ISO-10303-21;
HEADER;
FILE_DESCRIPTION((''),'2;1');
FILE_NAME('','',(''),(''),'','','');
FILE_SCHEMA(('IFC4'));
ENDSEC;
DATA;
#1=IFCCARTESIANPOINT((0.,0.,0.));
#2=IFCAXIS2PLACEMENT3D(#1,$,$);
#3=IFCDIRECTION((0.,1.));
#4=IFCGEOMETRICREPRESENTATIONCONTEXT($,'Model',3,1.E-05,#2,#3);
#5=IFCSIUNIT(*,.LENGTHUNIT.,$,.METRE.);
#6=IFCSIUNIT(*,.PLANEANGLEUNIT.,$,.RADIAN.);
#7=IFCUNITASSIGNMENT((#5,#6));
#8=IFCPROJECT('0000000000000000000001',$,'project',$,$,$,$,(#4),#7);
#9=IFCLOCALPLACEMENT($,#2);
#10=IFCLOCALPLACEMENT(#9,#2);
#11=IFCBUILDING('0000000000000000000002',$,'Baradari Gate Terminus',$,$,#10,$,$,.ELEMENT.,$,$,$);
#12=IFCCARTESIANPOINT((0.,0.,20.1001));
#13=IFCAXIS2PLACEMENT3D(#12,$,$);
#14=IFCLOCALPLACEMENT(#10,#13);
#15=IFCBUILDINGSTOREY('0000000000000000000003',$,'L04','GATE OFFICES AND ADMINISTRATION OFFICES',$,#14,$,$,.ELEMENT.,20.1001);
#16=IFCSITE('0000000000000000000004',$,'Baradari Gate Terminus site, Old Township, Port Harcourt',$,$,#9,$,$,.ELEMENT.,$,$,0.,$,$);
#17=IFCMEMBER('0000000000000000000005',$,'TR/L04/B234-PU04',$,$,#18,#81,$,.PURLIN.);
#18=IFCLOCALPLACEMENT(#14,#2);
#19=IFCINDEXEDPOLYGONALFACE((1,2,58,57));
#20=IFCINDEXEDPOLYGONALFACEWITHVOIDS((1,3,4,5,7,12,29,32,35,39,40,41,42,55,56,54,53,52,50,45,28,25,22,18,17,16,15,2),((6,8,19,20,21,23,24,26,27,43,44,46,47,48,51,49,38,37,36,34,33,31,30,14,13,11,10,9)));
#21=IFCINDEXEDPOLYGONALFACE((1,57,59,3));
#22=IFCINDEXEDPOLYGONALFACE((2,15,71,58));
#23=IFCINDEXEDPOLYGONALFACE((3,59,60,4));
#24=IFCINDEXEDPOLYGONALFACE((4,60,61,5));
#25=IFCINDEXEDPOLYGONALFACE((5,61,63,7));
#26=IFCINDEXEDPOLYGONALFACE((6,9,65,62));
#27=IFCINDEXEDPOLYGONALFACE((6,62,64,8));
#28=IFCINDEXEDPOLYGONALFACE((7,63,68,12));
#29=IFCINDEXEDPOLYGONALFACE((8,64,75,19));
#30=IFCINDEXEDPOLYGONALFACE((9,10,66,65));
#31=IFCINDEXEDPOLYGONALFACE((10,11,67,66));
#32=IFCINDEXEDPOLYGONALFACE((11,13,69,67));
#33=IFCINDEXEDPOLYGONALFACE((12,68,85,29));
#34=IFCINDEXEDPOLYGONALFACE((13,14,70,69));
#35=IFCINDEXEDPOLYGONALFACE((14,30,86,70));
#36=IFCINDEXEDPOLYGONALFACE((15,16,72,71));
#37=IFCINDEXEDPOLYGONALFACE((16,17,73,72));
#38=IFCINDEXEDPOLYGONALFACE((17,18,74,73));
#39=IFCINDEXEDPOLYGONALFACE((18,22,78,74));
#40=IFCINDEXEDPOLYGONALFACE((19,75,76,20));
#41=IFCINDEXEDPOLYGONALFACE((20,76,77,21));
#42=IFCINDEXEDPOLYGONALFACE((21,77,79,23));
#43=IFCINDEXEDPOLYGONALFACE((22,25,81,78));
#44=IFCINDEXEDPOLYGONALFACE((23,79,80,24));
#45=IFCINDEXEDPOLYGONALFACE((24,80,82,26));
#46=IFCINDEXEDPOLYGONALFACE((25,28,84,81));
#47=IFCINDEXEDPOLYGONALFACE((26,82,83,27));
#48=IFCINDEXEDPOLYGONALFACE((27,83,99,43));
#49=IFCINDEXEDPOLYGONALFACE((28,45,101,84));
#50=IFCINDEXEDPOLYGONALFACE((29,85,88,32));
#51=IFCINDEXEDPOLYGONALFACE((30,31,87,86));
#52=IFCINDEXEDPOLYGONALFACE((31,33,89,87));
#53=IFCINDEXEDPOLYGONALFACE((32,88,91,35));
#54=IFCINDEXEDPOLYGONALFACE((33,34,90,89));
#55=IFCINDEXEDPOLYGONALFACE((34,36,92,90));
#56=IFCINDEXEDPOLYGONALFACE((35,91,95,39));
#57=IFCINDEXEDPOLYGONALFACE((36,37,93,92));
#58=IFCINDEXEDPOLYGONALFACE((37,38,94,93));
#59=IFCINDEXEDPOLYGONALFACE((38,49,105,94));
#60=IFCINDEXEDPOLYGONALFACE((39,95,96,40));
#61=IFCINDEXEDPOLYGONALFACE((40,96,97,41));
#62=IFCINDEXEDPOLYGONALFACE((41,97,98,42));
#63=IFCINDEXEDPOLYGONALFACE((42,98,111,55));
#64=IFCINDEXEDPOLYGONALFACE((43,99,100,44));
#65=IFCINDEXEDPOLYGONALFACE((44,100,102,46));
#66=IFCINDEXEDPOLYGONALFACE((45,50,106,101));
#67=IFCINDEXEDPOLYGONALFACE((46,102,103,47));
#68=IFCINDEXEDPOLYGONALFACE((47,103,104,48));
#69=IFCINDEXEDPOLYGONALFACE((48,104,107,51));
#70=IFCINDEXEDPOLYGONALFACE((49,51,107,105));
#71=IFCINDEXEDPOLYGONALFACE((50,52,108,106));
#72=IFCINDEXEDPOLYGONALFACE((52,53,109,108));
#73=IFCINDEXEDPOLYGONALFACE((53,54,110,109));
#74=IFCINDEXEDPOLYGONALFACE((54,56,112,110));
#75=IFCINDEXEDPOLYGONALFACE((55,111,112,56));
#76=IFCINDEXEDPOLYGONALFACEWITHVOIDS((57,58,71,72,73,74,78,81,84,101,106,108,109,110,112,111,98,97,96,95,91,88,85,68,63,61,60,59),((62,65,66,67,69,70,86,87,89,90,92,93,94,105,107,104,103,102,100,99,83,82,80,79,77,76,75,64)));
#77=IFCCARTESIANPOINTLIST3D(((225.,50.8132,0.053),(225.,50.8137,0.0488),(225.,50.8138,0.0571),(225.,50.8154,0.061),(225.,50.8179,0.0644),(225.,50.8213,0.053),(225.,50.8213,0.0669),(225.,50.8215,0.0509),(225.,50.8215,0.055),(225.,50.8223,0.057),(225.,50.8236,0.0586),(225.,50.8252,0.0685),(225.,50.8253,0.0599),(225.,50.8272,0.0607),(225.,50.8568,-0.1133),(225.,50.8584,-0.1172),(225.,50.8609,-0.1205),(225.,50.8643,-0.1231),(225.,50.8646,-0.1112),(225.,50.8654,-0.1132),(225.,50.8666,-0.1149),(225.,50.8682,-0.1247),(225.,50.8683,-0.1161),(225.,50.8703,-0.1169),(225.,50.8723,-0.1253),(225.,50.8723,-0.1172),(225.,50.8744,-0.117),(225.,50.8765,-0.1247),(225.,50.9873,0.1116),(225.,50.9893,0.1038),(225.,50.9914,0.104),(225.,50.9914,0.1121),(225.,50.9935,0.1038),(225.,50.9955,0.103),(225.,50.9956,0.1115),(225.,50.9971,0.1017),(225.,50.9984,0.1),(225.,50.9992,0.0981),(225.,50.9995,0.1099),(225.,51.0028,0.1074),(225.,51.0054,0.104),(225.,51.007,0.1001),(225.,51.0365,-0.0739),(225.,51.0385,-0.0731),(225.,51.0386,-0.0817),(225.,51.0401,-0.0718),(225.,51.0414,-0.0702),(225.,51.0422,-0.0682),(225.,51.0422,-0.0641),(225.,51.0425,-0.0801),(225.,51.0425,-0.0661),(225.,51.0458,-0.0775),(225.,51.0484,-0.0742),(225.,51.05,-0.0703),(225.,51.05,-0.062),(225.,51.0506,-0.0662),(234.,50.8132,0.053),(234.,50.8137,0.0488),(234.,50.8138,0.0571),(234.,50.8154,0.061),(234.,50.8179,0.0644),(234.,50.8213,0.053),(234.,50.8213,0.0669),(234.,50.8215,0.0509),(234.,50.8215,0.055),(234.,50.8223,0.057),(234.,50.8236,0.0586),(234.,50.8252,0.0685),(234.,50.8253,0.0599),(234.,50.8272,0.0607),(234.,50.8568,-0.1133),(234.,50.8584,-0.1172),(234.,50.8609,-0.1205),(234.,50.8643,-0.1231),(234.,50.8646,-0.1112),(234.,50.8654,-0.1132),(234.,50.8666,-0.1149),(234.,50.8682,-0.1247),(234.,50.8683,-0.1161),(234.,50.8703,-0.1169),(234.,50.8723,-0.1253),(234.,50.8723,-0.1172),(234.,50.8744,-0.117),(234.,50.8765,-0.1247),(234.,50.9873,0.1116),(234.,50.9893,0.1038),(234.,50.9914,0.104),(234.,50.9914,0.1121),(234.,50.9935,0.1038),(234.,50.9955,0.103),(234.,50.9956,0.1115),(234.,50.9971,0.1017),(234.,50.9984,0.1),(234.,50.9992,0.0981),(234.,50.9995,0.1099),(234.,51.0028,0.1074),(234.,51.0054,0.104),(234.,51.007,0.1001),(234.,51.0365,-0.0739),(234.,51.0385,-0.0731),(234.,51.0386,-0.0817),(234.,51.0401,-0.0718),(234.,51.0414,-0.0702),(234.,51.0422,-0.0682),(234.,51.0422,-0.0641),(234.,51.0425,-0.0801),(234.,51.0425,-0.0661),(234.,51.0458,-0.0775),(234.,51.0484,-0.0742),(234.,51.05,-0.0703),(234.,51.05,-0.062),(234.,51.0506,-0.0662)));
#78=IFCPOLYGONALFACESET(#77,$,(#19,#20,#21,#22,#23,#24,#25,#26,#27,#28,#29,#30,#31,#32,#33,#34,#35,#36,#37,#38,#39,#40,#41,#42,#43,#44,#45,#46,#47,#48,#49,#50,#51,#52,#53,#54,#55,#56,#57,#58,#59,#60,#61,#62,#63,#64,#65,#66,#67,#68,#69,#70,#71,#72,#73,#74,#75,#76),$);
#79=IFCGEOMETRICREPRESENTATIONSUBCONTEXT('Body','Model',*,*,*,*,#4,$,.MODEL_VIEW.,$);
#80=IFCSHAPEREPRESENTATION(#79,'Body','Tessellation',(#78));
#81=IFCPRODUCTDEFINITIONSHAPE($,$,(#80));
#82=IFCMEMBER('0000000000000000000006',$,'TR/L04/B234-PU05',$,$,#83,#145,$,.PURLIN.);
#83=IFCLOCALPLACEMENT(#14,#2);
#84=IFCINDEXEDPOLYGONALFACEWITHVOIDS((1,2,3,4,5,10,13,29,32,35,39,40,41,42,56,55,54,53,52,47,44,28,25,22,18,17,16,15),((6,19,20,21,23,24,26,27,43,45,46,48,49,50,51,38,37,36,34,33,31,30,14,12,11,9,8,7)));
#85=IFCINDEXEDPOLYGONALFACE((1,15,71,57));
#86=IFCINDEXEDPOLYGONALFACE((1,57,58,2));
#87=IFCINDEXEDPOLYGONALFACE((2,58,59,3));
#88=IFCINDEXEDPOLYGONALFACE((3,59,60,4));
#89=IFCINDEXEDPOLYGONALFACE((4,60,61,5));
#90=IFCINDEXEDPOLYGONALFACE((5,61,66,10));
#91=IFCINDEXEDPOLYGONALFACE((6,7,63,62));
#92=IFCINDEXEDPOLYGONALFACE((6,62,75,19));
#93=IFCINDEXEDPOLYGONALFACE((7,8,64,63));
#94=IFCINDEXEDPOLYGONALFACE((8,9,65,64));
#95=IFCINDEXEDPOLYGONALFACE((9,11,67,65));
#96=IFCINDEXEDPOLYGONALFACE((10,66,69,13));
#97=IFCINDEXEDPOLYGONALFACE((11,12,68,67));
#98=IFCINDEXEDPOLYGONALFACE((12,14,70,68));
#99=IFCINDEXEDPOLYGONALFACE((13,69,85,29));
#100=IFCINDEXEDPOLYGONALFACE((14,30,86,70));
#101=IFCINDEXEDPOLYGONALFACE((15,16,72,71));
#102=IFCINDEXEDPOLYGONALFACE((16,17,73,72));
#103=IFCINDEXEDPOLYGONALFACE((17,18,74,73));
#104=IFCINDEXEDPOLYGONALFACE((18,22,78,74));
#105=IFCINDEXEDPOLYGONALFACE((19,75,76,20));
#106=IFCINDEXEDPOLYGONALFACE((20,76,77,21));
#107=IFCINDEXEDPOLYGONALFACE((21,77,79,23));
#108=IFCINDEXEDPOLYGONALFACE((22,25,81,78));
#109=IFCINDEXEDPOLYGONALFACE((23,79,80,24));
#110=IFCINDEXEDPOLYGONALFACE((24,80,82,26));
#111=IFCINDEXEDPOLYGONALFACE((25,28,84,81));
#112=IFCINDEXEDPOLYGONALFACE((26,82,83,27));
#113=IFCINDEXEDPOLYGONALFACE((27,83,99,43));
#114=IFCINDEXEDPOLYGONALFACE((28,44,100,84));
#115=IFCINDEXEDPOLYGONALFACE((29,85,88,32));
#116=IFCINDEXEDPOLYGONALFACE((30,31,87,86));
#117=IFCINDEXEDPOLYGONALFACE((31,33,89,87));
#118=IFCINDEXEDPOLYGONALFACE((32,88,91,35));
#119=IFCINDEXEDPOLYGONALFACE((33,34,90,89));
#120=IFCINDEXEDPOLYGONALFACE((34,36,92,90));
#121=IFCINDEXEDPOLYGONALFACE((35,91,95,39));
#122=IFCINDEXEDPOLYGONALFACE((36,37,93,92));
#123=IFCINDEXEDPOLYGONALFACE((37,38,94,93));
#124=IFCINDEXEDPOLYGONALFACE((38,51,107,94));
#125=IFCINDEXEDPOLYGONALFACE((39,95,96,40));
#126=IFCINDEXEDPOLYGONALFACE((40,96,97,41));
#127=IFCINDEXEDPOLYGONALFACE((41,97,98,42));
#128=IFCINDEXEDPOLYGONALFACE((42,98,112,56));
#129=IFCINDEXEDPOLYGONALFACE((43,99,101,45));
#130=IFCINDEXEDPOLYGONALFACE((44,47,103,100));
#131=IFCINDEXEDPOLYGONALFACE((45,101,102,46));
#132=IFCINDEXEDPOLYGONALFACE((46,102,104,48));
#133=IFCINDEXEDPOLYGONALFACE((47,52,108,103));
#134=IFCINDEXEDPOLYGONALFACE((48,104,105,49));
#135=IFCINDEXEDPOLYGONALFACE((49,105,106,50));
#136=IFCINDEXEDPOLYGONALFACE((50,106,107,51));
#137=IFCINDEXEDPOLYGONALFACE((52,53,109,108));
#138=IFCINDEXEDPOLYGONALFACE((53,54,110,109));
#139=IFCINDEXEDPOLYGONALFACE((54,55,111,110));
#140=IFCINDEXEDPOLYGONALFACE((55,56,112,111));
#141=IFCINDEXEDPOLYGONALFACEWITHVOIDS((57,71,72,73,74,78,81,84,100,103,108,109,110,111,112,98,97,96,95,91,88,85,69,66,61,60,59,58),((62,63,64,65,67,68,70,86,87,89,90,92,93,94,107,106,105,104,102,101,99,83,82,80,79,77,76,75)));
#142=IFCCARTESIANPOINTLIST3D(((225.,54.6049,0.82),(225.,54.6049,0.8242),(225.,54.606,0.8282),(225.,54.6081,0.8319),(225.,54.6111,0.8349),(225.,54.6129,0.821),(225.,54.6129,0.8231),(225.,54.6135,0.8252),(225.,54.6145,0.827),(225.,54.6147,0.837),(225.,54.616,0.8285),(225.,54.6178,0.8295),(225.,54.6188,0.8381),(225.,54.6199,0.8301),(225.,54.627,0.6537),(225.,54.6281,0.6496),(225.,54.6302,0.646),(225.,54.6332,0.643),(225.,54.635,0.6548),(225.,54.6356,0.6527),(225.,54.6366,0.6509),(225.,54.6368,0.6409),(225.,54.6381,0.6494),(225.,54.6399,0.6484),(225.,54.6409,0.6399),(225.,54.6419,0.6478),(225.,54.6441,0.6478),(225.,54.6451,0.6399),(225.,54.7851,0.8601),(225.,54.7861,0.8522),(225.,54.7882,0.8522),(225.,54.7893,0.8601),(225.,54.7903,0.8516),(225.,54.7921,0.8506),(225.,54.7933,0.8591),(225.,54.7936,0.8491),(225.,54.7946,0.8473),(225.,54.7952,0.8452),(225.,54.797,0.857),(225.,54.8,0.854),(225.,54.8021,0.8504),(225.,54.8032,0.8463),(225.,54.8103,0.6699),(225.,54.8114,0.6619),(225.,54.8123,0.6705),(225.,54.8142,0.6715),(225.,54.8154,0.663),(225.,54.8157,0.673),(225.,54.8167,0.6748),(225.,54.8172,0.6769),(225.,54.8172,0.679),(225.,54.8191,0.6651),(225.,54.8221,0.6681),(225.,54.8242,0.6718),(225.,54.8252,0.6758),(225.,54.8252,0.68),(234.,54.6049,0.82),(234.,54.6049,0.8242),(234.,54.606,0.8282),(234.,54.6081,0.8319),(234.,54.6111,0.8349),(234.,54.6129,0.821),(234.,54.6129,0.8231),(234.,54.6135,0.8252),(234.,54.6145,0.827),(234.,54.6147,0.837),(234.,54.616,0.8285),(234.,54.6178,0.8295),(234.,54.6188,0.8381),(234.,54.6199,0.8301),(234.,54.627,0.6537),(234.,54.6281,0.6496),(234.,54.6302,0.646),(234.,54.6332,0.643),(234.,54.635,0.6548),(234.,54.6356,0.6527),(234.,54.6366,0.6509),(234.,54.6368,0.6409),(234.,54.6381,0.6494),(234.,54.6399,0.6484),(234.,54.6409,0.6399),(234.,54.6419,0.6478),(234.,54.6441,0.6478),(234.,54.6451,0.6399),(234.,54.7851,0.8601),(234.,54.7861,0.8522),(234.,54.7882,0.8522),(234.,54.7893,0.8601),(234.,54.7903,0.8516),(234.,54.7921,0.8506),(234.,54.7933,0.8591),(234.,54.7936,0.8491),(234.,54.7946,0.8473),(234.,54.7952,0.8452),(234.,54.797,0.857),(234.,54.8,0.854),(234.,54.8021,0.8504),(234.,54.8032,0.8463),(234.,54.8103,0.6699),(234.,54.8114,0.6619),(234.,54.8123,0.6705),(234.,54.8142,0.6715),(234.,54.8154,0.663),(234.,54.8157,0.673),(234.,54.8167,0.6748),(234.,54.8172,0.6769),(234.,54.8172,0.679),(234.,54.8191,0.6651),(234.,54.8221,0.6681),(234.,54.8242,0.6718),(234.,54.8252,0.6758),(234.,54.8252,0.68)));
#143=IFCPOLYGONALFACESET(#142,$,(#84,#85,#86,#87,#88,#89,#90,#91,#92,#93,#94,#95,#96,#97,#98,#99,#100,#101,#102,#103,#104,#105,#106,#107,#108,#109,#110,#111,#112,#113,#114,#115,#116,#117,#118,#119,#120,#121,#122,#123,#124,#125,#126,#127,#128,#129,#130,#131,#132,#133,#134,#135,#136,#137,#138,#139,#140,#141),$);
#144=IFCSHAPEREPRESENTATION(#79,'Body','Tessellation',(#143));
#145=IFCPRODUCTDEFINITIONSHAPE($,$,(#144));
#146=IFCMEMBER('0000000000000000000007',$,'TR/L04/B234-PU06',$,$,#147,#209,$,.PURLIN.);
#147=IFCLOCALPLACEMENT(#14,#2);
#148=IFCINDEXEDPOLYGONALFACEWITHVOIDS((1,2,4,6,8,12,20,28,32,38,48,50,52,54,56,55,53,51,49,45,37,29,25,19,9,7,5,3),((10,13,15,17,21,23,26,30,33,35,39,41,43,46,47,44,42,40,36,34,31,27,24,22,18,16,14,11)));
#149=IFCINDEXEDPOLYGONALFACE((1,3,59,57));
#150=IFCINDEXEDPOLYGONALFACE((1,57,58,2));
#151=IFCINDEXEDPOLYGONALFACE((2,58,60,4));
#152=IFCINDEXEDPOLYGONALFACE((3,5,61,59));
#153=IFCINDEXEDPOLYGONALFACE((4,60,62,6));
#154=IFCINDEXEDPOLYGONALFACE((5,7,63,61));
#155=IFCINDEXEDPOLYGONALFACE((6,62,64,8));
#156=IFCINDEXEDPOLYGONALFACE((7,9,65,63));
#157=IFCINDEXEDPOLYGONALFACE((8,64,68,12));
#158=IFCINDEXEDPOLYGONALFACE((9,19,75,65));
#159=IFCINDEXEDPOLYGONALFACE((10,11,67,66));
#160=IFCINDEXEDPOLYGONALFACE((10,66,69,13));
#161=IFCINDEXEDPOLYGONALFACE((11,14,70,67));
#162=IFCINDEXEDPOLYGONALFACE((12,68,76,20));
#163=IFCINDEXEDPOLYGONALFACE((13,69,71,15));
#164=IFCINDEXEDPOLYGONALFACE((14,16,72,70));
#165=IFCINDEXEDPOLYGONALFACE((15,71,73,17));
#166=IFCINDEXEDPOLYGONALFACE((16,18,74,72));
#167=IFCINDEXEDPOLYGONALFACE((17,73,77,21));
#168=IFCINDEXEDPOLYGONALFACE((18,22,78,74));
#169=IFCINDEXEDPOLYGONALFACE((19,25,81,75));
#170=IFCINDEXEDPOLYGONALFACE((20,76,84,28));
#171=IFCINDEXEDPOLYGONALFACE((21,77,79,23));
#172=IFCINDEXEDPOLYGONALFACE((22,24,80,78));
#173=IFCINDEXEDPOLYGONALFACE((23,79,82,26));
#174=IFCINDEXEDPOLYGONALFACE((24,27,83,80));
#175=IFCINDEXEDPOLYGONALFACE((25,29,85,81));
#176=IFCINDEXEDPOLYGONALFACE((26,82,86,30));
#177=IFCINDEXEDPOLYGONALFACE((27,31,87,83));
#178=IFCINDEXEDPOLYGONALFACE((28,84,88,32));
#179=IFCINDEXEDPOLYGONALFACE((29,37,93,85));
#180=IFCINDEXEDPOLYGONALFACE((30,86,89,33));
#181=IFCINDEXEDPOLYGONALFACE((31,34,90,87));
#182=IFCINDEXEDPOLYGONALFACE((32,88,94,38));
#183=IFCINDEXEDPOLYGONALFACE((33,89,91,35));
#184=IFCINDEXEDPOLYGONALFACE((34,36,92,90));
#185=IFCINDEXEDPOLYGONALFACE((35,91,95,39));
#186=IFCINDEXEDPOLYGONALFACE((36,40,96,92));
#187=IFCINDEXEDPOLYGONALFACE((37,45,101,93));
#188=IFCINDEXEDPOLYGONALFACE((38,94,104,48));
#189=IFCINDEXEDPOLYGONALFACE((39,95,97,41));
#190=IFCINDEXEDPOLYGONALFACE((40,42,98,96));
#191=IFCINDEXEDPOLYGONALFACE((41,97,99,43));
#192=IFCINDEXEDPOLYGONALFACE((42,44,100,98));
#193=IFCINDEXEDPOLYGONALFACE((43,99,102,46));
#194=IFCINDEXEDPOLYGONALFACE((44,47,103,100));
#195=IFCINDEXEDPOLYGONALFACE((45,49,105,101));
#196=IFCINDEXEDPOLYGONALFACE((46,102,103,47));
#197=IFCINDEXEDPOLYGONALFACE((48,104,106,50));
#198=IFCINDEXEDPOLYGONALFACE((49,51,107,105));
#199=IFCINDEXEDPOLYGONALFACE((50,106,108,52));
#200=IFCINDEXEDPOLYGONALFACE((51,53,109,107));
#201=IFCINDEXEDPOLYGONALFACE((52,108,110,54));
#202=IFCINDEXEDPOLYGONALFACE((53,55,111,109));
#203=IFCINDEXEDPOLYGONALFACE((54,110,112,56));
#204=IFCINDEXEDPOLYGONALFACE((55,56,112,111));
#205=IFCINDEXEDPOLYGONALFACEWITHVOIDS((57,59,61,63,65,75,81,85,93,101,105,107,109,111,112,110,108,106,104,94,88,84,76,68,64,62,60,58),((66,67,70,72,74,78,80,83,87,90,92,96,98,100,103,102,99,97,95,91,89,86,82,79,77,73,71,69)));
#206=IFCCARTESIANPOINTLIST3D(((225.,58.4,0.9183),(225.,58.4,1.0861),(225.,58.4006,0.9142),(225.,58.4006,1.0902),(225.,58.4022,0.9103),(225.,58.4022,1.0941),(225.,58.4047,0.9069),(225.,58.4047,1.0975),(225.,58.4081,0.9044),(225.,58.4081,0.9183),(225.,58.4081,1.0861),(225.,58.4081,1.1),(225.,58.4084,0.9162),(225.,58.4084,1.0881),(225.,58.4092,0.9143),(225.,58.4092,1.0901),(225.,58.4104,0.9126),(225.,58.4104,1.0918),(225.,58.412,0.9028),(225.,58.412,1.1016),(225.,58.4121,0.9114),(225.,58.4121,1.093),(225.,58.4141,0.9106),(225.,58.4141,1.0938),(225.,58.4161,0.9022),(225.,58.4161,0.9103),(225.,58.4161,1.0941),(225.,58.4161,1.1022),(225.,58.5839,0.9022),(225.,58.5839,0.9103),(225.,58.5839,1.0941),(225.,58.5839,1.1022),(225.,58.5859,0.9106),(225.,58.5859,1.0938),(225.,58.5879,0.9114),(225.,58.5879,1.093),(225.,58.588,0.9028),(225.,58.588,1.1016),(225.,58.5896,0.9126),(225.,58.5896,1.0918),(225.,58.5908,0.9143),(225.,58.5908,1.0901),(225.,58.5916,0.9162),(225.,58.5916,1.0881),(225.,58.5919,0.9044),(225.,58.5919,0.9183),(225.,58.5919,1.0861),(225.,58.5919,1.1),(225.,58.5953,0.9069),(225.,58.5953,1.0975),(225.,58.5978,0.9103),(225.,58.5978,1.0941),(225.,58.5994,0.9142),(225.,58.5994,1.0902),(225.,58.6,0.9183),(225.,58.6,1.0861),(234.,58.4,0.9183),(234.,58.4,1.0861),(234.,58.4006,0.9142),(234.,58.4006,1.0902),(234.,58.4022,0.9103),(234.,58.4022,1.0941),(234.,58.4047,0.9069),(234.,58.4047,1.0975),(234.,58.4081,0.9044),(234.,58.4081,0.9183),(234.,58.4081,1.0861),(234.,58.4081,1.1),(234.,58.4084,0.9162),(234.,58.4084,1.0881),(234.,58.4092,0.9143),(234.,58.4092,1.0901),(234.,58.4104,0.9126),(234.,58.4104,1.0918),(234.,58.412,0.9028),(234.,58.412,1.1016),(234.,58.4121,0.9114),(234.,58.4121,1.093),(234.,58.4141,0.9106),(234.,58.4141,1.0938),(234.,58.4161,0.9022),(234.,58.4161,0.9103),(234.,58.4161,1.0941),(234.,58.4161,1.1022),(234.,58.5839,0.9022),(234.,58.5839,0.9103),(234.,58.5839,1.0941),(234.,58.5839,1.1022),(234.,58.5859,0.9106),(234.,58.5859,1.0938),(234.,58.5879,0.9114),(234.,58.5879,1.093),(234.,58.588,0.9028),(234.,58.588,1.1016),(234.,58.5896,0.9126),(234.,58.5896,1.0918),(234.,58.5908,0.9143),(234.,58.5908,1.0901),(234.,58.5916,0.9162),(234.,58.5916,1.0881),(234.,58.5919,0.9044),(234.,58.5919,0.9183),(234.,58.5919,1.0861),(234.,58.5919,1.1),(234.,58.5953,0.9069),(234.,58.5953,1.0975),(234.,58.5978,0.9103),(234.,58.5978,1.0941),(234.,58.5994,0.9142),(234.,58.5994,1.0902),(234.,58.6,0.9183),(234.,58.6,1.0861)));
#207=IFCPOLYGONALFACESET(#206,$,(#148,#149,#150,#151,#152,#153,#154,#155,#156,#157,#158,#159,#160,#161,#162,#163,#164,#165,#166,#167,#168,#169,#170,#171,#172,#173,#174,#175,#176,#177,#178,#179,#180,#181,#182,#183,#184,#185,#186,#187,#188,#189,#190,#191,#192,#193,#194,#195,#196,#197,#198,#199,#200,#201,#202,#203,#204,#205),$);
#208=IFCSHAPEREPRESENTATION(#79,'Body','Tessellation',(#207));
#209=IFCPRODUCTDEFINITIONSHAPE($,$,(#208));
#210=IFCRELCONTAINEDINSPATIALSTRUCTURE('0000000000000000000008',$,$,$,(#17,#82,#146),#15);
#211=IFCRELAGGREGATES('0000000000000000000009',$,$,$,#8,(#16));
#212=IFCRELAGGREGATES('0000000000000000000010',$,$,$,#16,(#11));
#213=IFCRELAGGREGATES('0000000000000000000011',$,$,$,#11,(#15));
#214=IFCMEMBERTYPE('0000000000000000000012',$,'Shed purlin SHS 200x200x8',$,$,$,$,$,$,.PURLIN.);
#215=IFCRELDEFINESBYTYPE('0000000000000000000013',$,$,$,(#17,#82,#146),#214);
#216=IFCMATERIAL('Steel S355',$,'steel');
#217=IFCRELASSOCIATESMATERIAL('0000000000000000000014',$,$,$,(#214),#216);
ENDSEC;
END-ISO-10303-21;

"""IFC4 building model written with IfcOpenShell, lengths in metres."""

from ifc_helpers import new_model, si_unit, direction, frame, origin, origin_2d, place, context, subcontext, project, spatial, hollow_rectangle, extrude, material, material_profile, profile_set, type_object, element, save


model = new_model("IFC4")

# Units and contexts
model_context = context("Model", 3, precision=1e-05, world=origin(), true_north=direction((0.0, 1.0)))
body_context = subcontext(model_context, "Body", "Model", "MODEL_VIEW")
ifc_project = project(units=[si_unit("LENGTHUNIT", "METRE"), si_unit("PLANEANGLEUNIT", "RADIAN")], contexts=[model_context])

# Site, building, storey
site_placement = place(None, origin())
site = spatial("IfcSite", under=ifc_project, at=site_placement, Name="Baradari Gate Terminus site, Old Township, Port Harcourt", CompositionType="ELEMENT", RefElevation=0.0)
building_placement = place(site_placement, origin())
building = spatial("IfcBuilding", under=site, at=building_placement, Name="Baradari Gate Terminus", CompositionType="ELEMENT")
storey_placement = place(building_placement, frame((0.0, 0.0, 20.1001)))
storey = spatial("IfcBuildingStorey", under=building, at=storey_placement, Name="L04", Description="GATE OFFICES AND ADMINISTRATION OFFICES", CompositionType="ELEMENT", Elevation=20.1001)

# Members
ifc_material_1 = material(Name="Steel S355", Category="steel")
ifc_material_profile_1 = material_profile(ifc_material_1, hollow_rectangle(XDim=0.2, YDim=0.2, WallThickness=0.0081, InnerFilletRadius=0.0081, OuterFilletRadius=0.0161, at=origin_2d()), Name="SHS 200x200x8")
ifc_profile_set_1 = profile_set([ifc_material_profile_1], Name="Steel S355")
member_type_1 = type_object("IfcMemberType", Name="Shed purlin SHS 200x200x8", PredefinedType="PURLIN", material=ifc_profile_set_1)
for number, where, z_axis, x_axis, name in (
    (1, (225.0, 50.9319, -0.0066), (1.0, 0.0, 0.0), (0.0, 0.9665, 0.256668), "TR/L04/B234-PU04"),
    (2, (225.0, 54.7151, 0.75), (1.0, 0.0, 0.0), (0.0, 0.991303, 0.131599), "TR/L04/B234-PU05"),
    (3, (225.0, 58.5, 1.0022), (1.0, 0.0, 0.0), (0.0, 1.0, 0.0), "TR/L04/B234-PU06"),
):
    element("IfcMember", number, at=place(storey_placement, frame(where, z_axis=z_axis, x_axis=x_axis)), inside=storey, type_object=member_type_1, Name=name, PredefinedType="PURLIN", context=body_context, shape_type="SweptSolid", body=[
        extrude(hollow_rectangle(XDim=0.2, YDim=0.2, WallThickness=0.0081, InnerFilletRadius=0.0081, OuterFilletRadius=0.0161, at=origin_2d()), origin(), (0.0, 0.0, 1.0), 9.0),
    ])

save(model, "model.ifc")
